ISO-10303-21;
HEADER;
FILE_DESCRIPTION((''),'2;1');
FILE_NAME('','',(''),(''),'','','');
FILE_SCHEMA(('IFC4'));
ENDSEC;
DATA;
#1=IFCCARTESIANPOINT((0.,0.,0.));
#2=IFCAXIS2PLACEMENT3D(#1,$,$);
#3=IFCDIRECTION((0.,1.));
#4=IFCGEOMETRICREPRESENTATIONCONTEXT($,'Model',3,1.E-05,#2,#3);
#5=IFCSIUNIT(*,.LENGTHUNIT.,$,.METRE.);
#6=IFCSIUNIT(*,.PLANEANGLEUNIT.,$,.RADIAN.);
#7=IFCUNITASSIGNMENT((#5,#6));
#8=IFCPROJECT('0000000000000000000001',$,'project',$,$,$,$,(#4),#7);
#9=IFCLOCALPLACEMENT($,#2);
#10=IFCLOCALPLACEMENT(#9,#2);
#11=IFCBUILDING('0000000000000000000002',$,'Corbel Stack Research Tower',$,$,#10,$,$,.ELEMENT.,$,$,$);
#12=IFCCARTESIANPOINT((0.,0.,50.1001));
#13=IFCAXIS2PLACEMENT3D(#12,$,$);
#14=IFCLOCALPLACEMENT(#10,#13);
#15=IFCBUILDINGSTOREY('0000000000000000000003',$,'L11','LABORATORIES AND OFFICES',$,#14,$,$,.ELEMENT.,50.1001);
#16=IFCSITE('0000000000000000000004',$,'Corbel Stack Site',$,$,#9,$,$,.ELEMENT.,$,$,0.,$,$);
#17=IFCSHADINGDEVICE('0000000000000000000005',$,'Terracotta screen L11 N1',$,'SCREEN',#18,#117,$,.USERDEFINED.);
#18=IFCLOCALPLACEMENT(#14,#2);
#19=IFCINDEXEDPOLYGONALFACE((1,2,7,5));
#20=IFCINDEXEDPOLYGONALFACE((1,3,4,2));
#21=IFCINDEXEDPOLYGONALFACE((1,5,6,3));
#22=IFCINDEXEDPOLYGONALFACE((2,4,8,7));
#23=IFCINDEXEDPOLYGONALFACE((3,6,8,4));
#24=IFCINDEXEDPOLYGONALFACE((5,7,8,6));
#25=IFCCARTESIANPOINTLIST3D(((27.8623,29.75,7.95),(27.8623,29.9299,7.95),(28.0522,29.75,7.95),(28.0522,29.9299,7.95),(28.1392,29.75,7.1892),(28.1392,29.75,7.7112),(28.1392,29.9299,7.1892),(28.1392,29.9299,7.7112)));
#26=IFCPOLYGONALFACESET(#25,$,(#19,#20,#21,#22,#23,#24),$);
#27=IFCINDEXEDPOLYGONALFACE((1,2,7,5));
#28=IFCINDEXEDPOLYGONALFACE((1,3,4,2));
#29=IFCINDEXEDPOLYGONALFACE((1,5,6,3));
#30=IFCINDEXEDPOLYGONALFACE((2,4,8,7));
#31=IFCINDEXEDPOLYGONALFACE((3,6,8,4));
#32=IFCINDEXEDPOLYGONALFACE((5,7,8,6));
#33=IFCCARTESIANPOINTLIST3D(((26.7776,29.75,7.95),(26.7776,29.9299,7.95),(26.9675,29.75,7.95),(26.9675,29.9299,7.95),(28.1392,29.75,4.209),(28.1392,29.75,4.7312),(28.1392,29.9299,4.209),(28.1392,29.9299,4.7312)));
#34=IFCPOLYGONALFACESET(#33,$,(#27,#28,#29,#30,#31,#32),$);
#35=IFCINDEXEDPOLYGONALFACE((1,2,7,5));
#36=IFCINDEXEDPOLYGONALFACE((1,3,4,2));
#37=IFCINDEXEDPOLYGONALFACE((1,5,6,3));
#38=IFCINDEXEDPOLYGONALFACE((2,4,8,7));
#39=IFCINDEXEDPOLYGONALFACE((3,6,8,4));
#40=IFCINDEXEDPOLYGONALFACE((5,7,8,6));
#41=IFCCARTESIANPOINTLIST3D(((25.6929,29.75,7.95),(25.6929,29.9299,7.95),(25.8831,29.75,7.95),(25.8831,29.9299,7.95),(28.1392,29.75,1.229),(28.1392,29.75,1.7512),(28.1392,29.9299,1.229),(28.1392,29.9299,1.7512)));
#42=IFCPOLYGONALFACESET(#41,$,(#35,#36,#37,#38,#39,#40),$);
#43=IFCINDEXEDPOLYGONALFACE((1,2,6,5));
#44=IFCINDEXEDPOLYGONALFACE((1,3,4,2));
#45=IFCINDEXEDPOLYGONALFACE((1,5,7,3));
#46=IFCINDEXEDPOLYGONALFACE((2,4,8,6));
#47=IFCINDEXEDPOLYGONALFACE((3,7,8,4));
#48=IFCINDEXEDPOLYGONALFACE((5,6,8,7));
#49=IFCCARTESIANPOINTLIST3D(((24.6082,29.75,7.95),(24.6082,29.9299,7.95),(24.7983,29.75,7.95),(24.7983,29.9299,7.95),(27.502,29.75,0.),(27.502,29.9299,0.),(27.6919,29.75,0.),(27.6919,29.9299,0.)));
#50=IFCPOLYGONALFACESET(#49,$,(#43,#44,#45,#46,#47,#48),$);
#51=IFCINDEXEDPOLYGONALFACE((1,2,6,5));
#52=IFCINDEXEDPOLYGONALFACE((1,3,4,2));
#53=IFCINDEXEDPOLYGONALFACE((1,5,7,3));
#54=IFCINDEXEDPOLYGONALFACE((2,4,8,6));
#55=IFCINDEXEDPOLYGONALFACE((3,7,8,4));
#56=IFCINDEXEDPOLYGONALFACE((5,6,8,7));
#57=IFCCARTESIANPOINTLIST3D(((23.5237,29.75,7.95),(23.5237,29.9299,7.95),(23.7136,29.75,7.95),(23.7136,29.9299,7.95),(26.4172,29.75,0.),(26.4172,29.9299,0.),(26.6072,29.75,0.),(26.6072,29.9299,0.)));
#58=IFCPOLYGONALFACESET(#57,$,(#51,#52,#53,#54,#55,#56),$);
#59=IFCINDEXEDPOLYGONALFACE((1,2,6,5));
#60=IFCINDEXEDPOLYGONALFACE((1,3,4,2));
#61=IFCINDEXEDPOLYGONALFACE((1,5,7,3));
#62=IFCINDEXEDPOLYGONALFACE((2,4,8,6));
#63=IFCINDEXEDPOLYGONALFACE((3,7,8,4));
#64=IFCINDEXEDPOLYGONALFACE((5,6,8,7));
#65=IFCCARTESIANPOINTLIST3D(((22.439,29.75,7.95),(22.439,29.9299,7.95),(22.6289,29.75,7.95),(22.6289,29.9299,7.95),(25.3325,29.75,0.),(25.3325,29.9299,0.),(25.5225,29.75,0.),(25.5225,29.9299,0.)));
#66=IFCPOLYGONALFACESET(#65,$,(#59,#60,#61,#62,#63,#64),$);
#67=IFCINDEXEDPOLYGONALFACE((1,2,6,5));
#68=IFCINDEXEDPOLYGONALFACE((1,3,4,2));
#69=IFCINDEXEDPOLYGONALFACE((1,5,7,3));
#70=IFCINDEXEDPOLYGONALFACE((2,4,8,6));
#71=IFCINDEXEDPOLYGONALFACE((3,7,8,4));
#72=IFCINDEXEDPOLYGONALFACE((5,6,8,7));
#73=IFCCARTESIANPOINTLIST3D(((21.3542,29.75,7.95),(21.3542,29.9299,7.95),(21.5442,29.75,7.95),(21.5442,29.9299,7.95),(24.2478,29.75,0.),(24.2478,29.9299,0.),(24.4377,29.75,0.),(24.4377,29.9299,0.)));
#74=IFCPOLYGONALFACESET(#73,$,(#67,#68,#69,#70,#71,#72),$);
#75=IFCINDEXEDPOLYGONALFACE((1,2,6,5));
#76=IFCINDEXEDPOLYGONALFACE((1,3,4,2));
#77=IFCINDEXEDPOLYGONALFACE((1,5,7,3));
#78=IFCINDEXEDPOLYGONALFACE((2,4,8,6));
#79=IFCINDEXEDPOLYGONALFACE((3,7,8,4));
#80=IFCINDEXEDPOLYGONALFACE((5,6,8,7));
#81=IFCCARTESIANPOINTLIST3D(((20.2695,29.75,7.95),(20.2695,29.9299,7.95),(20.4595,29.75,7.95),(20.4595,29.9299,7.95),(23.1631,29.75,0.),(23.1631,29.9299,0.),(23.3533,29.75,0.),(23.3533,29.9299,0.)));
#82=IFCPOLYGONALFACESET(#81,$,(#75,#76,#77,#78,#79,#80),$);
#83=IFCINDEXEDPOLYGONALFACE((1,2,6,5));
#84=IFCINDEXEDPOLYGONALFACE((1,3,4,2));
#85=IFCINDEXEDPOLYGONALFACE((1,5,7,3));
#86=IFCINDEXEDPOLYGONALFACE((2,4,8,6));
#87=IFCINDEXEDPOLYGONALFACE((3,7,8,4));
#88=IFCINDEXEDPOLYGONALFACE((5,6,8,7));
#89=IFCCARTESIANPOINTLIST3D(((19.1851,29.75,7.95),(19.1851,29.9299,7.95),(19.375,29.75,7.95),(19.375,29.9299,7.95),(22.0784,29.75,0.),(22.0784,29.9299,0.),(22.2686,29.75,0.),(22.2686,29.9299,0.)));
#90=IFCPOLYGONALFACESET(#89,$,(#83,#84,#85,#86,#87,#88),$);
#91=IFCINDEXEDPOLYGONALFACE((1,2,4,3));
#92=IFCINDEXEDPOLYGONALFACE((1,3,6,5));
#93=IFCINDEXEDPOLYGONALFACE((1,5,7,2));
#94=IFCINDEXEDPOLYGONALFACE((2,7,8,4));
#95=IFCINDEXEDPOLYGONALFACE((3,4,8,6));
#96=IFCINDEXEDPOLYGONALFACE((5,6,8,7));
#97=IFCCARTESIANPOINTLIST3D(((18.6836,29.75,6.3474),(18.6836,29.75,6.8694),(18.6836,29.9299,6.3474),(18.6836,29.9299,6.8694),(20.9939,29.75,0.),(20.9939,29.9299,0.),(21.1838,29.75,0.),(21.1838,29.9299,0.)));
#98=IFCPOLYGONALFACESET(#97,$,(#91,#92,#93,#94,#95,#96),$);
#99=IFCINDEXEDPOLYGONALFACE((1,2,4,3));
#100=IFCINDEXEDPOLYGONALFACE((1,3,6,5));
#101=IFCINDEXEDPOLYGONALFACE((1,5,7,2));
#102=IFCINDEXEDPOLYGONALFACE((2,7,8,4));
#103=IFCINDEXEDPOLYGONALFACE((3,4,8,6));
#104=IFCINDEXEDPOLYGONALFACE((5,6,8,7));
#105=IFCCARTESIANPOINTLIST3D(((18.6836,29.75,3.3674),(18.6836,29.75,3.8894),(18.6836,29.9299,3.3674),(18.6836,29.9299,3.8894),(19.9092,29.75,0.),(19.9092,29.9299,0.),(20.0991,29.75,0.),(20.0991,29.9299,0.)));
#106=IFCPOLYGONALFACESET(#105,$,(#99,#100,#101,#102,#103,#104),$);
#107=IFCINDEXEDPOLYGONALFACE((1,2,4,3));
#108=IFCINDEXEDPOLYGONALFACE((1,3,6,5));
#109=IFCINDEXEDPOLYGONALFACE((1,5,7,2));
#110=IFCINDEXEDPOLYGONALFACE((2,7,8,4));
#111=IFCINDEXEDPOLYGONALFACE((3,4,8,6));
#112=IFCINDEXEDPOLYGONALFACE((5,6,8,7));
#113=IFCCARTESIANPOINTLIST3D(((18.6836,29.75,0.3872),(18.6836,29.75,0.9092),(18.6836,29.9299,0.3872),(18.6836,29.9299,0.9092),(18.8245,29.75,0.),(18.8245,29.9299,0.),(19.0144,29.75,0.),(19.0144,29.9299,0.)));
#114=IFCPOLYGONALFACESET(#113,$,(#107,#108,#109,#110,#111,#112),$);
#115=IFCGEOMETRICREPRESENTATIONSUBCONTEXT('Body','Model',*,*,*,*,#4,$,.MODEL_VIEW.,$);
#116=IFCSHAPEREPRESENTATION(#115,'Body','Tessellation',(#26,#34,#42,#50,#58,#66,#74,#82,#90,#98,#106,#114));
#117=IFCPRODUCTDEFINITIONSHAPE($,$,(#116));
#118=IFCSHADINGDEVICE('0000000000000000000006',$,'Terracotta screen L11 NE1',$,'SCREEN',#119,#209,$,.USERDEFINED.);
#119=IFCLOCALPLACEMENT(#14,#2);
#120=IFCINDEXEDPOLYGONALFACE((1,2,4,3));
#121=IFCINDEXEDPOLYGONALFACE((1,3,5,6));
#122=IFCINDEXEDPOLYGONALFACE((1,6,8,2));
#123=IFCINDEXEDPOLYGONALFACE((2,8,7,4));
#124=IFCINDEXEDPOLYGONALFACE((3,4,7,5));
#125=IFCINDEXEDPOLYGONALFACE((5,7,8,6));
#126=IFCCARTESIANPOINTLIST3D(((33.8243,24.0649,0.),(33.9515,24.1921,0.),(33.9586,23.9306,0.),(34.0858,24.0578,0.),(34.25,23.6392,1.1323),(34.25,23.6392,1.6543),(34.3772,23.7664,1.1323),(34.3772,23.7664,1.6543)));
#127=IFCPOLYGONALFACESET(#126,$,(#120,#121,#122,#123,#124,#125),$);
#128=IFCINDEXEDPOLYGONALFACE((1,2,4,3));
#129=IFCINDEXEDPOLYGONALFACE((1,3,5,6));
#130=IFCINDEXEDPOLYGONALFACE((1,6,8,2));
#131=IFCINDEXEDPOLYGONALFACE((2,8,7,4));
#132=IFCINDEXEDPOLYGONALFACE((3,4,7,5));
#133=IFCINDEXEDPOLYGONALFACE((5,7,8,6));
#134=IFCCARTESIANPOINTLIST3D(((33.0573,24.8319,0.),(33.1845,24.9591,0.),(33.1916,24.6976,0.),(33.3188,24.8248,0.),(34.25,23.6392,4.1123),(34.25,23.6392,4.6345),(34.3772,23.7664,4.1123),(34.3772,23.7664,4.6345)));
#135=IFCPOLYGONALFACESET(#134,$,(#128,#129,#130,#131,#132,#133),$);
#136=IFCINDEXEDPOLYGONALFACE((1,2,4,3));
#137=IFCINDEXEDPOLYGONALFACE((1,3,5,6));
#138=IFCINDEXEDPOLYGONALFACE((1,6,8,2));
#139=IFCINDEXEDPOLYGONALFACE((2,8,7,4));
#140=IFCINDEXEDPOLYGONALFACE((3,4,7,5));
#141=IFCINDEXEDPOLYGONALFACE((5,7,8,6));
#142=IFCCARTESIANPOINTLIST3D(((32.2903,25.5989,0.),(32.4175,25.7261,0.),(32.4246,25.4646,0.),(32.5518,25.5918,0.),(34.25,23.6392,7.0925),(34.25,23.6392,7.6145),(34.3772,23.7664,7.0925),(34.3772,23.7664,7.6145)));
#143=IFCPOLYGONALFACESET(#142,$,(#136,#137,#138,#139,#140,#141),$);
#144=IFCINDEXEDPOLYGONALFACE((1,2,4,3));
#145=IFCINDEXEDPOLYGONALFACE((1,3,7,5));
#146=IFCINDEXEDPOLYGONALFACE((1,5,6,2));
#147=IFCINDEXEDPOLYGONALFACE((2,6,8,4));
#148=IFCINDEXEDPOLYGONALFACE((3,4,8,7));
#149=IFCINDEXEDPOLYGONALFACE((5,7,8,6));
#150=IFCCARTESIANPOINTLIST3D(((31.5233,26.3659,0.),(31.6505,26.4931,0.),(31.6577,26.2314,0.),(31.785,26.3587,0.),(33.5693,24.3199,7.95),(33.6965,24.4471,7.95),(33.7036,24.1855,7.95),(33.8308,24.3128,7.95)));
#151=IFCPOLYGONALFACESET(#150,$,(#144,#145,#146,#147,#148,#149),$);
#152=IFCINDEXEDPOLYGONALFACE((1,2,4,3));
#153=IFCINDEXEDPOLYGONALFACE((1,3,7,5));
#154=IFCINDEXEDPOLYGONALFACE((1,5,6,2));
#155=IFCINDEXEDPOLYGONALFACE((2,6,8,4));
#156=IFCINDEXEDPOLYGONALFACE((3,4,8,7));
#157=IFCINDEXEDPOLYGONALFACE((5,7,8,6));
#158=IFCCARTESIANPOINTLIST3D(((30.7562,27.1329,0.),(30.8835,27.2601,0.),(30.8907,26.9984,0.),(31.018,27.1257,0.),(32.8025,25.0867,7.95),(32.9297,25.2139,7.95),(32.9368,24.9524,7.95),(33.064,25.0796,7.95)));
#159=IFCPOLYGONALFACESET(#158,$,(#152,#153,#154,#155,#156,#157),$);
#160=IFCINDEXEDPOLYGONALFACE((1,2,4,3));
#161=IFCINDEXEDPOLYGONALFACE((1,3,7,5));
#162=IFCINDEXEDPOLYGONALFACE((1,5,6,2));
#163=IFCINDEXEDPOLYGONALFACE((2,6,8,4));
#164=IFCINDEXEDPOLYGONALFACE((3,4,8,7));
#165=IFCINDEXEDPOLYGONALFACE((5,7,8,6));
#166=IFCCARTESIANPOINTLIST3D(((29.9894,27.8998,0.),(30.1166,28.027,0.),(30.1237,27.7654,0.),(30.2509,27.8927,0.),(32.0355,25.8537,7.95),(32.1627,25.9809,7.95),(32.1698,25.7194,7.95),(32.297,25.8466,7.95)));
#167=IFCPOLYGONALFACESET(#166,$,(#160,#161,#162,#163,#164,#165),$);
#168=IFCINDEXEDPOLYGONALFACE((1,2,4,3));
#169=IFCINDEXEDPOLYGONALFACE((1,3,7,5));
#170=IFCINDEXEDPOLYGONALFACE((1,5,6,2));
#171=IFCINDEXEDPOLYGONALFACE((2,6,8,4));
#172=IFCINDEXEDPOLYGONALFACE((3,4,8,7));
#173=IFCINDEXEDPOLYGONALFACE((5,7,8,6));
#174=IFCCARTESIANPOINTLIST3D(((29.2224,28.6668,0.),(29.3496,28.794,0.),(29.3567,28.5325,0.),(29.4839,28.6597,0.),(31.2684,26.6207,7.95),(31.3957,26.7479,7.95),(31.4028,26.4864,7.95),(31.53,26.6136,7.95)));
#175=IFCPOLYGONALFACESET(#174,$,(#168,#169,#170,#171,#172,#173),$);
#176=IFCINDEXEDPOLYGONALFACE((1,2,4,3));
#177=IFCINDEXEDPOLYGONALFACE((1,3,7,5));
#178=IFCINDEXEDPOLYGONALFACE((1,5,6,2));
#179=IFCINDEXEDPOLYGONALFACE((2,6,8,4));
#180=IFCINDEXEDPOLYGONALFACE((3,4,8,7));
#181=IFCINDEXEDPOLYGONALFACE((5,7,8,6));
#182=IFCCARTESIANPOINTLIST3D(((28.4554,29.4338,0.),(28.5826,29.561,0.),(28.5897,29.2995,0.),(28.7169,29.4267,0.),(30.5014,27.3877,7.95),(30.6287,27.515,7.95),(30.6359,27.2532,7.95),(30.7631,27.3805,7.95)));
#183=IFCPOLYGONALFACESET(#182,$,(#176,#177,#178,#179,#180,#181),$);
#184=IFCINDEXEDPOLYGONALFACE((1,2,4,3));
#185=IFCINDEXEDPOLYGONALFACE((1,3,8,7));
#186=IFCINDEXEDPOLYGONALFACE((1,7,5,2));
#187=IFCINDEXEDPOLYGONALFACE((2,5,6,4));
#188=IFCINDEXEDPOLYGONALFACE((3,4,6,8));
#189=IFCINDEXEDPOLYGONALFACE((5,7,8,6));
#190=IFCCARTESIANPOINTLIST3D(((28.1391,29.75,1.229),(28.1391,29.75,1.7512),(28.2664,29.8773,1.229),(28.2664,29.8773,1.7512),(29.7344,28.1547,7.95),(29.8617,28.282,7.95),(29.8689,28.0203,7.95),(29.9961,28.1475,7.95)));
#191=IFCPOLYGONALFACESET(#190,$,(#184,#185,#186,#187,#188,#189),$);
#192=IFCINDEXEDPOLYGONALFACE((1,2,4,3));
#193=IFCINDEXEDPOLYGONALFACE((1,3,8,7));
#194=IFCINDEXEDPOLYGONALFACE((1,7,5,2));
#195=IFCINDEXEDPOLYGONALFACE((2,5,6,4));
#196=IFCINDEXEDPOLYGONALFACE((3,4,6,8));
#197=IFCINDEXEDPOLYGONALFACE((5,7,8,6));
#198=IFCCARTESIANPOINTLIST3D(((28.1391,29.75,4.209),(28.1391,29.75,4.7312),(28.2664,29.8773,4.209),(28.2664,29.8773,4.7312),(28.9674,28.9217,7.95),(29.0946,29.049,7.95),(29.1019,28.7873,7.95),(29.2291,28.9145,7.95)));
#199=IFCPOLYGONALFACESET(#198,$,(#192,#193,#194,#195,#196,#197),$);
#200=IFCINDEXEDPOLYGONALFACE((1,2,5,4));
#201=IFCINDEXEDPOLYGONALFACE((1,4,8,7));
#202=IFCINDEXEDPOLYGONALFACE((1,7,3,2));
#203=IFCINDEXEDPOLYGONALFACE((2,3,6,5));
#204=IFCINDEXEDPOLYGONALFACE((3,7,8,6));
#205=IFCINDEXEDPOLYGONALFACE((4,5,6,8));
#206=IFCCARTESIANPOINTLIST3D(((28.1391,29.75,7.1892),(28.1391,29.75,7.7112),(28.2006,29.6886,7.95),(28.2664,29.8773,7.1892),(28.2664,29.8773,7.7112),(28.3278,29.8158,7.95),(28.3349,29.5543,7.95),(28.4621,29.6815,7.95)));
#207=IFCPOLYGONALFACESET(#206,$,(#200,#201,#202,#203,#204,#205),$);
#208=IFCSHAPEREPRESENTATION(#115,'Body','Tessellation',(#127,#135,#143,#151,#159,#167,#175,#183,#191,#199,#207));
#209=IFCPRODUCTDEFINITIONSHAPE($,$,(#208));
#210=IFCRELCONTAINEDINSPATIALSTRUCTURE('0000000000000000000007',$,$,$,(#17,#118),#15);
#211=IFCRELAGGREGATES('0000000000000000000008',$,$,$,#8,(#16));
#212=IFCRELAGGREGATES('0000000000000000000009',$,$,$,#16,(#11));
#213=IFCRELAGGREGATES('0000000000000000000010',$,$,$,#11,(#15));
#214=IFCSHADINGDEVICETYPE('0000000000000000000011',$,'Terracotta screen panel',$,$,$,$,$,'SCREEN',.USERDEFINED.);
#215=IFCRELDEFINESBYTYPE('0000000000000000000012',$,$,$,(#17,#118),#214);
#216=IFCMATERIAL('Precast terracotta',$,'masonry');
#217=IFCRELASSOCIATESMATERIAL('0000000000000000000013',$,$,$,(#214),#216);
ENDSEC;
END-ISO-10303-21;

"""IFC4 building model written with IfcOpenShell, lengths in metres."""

from ifc_helpers import new_model, si_unit, direction, frame, origin, place, context, subcontext, project, spatial, polyline, outline, extrude, source, transform, mapped, material, type_object, element, save


model = new_model("IFC4")

# Units and contexts
model_context = context("Model", 3, precision=1e-05, world=origin(), true_north=direction((0.0, 1.0)))
body_context = subcontext(model_context, "Body", "Model", "MODEL_VIEW")
ifc_project = project(units=[si_unit("LENGTHUNIT", "METRE"), si_unit("PLANEANGLEUNIT", "RADIAN")], contexts=[model_context])

# Site, building, storey
site_placement = place(None, origin())
site = spatial("IfcSite", under=ifc_project, at=site_placement, Name="Corbel Stack Site", CompositionType="ELEMENT", RefElevation=0.0)
building_placement = place(site_placement, origin())
building = spatial("IfcBuilding", under=site, at=building_placement, Name="Corbel Stack Research Tower", CompositionType="ELEMENT")
storey_placement = place(building_placement, frame((0.0, 0.0, 50.1001)))
storey = spatial("IfcBuildingStorey", under=building, at=storey_placement, Name="L11", Description="LABORATORIES AND OFFICES", CompositionType="ELEMENT", Elevation=50.1001)

# Shading devices
ifc_material_1 = material(Name="Precast terracotta", Category="masonry")
shading_device_type = type_object("IfcShadingDeviceType", Name="Terracotta screen panel", ElementType="SCREEN", PredefinedType="USERDEFINED", material=ifc_material_1)
shared_shape_1 = source(origin(), body_context, "Body", "SweptSolid", [
    extrude(outline(polyline([(0.2769, 7.95), (0.0869, 7.95), (0.0, 7.7112), (0.0, 7.1892), (0.2769, 7.95)])), frame((0.0, 0.0, 0.0), z_axis=(0.0, -1.0, 0.0), x_axis=(1.0, 0.0, 0.0)), (0.0, 0.0, 1.0), 0.1799),
    extrude(outline(polyline([(1.3616, 7.95), (1.1716, 7.95), (0.0, 4.7312), (0.0, 4.209), (1.3616, 7.95)])), frame((0.0, 0.0, 0.0), z_axis=(0.0, -1.0, 0.0), x_axis=(1.0, 0.0, 0.0)), (0.0, 0.0, 1.0), 0.1799),
    extrude(outline(polyline([(2.4463, 7.95), (2.2561, 7.95), (0.0, 1.7512), (0.0, 1.229), (2.4463, 7.95)])), frame((0.0, 0.0, 0.0), z_axis=(0.0, -1.0, 0.0), x_axis=(1.0, 0.0, 0.0)), (0.0, 0.0, 1.0), 0.1799),
    extrude(outline(polyline([(0.6372, 0.0), (3.531, 7.95), (3.3408, 7.95), (0.4473, 0.0), (0.6372, 0.0)])), frame((0.0, 0.0, 0.0), z_axis=(0.0, -1.0, 0.0), x_axis=(1.0, 0.0, 0.0)), (0.0, 0.0, 1.0), 0.1799),
    extrude(outline(polyline([(1.7219, 0.0), (4.6155, 7.95), (4.4255, 7.95), (1.532, 0.0), (1.7219, 0.0)])), frame((0.0, 0.0, 0.0), z_axis=(0.0, -1.0, 0.0), x_axis=(1.0, 0.0, 0.0)), (0.0, 0.0, 1.0), 0.1799),
    extrude(outline(polyline([(2.8066, 0.0), (5.7002, 7.95), (5.5103, 7.95), (2.6167, 0.0), (2.8066, 0.0)])), frame((0.0, 0.0, 0.0), z_axis=(0.0, -1.0, 0.0), x_axis=(1.0, 0.0, 0.0)), (0.0, 0.0, 1.0), 0.1799),
    extrude(outline(polyline([(3.8914, 0.0), (6.7849, 7.95), (6.595, 7.95), (3.7014, 0.0), (3.8914, 0.0)])), frame((0.0, 0.0, 0.0), z_axis=(0.0, -1.0, 0.0), x_axis=(1.0, 0.0, 0.0)), (0.0, 0.0, 1.0), 0.1799),
    extrude(outline(polyline([(4.9761, 0.0), (7.8696, 7.95), (7.6797, 7.95), (4.7859, 0.0), (4.9761, 0.0)])), frame((0.0, 0.0, 0.0), z_axis=(0.0, -1.0, 0.0), x_axis=(1.0, 0.0, 0.0)), (0.0, 0.0, 1.0), 0.1799),
    extrude(outline(polyline([(6.0608, 0.0), (8.9541, 7.95), (8.7642, 7.95), (5.8706, 0.0), (6.0608, 0.0)])), frame((0.0, 0.0, 0.0), z_axis=(0.0, -1.0, 0.0), x_axis=(1.0, 0.0, 0.0)), (0.0, 0.0, 1.0), 0.1799),
    extrude(outline(polyline([(7.1453, 0.0), (9.4556, 6.3474), (9.4556, 6.8694), (6.9553, 0.0), (7.1453, 0.0)])), frame((0.0, 0.0, 0.0), z_axis=(0.0, -1.0, 0.0), x_axis=(1.0, 0.0, 0.0)), (0.0, 0.0, 1.0), 0.1799),
    extrude(outline(polyline([(8.23, 0.0), (9.4556, 3.3674), (9.4556, 3.8894), (8.04, 0.0), (8.23, 0.0)])), frame((0.0, 0.0, 0.0), z_axis=(0.0, -1.0, 0.0), x_axis=(1.0, 0.0, 0.0)), (0.0, 0.0, 1.0), 0.1799),
    extrude(outline(polyline([(9.3147, 0.0), (9.4556, 0.3872), (9.4556, 0.9092), (9.1248, 0.0), (9.3147, 0.0)])), frame((0.0, 0.0, 0.0), z_axis=(0.0, -1.0, 0.0), x_axis=(1.0, 0.0, 0.0)), (0.0, 0.0, 1.0), 0.1799),
])
shading_device_1_placement = place(storey_placement, frame((28.1392, 29.75, 0.0), z_axis=(0.0, 0.0, 1.0), x_axis=(-1.0, 0.0, 0.0)))
element("IfcShadingDevice", 1, at=shading_device_1_placement, inside=storey, type_object=shading_device_type, Name="Terracotta screen L11 N1", ObjectType="SCREEN", PredefinedType="USERDEFINED", context=body_context, shape_type="MappedRepresentation", body=[
    mapped(shared_shape_1, transform((0.0, 0.0, 0.0))),
])
shared_shape_2 = source(origin(), body_context, "Body", "SweptSolid", [
    extrude(outline(polyline([(0.6021, 0.0), (0.0, 1.6543), (0.0, 1.1323), (0.4121, 0.0), (0.6021, 0.0)])), frame((0.0, 0.0, 0.0), z_axis=(0.0, -1.0, 0.0), x_axis=(1.0, 0.0, 0.0)), (0.0, 0.0, 1.0), 0.1799),
    extrude(outline(polyline([(1.6868, 0.0), (0.0, 4.6345), (0.0, 4.1123), (1.4968, 0.0), (1.6868, 0.0)])), frame((0.0, 0.0, 0.0), z_axis=(0.0, -1.0, 0.0), x_axis=(1.0, 0.0, 0.0)), (0.0, 0.0, 1.0), 0.1799),
    extrude(outline(polyline([(2.7715, 0.0), (0.0, 7.6145), (0.0, 7.0925), (2.5815, 0.0), (2.7715, 0.0)])), frame((0.0, 0.0, 0.0), z_axis=(0.0, -1.0, 0.0), x_axis=(1.0, 0.0, 0.0)), (0.0, 0.0, 1.0), 0.1799),
    extrude(outline(polyline([(3.8562, 0.0), (0.9626, 7.95), (0.7727, 7.95), (3.666, 0.0), (3.8562, 0.0)])), frame((0.0, 0.0, 0.0), z_axis=(0.0, -1.0, 0.0), x_axis=(1.0, 0.0, 0.0)), (0.0, 0.0, 1.0), 0.1799),
    extrude(outline(polyline([(4.9409, 0.0), (2.0471, 7.95), (1.8572, 7.95), (4.7507, 0.0), (4.9409, 0.0)])), frame((0.0, 0.0, 0.0), z_axis=(0.0, -1.0, 0.0), x_axis=(1.0, 0.0, 0.0)), (0.0, 0.0, 1.0), 0.1799),
    extrude(outline(polyline([(6.0254, 0.0), (3.1318, 7.95), (2.9419, 7.95), (5.8354, 0.0), (6.0254, 0.0)])), frame((0.0, 0.0, 0.0), z_axis=(0.0, -1.0, 0.0), x_axis=(1.0, 0.0, 0.0)), (0.0, 0.0, 1.0), 0.1799),
    extrude(outline(polyline([(7.1101, 0.0), (4.2166, 7.95), (4.0266, 7.95), (6.9202, 0.0), (7.1101, 0.0)])), frame((0.0, 0.0, 0.0), z_axis=(0.0, -1.0, 0.0), x_axis=(1.0, 0.0, 0.0)), (0.0, 0.0, 1.0), 0.1799),
    extrude(outline(polyline([(8.1948, 0.0), (5.3013, 7.95), (5.1111, 7.95), (8.0049, 0.0), (8.1948, 0.0)])), frame((0.0, 0.0, 0.0), z_axis=(0.0, -1.0, 0.0), x_axis=(1.0, 0.0, 0.0)), (0.0, 0.0, 1.0), 0.1799),
    extrude(outline(polyline([(6.386, 7.95), (6.1958, 7.95), (8.6421, 1.229), (8.6421, 1.7512), (6.386, 7.95)])), frame((0.0, 0.0, 0.0), z_axis=(0.0, -1.0, 0.0), x_axis=(1.0, 0.0, 0.0)), (0.0, 0.0, 1.0), 0.1799),
    extrude(outline(polyline([(7.4707, 7.95), (7.2805, 7.95), (8.6421, 4.209), (8.6421, 4.7312), (7.4707, 7.95)])), frame((0.0, 0.0, 0.0), z_axis=(0.0, -1.0, 0.0), x_axis=(1.0, 0.0, 0.0)), (0.0, 0.0, 1.0), 0.1799),
    extrude(outline(polyline([(8.5552, 7.95), (8.3652, 7.95), (8.6421, 7.1892), (8.6421, 7.7112), (8.5552, 7.95)])), frame((0.0, 0.0, 0.0), z_axis=(0.0, -1.0, 0.0), x_axis=(1.0, 0.0, 0.0)), (0.0, 0.0, 1.0), 0.1799),
])
shading_device_2_placement = place(storey_placement, frame((34.25, 23.6392, 0.0), z_axis=(0.0, 0.0, 1.0), x_axis=(-0.707107, 0.707107, 0.0)))
element("IfcShadingDevice", 2, at=shading_device_2_placement, inside=storey, type_object=shading_device_type, Name="Terracotta screen L11 NE1", ObjectType="SCREEN", PredefinedType="USERDEFINED", context=body_context, shape_type="MappedRepresentation", body=[
    mapped(shared_shape_2, transform((0.0, 0.0, 0.0))),
])

save(model, "model.ifc")
